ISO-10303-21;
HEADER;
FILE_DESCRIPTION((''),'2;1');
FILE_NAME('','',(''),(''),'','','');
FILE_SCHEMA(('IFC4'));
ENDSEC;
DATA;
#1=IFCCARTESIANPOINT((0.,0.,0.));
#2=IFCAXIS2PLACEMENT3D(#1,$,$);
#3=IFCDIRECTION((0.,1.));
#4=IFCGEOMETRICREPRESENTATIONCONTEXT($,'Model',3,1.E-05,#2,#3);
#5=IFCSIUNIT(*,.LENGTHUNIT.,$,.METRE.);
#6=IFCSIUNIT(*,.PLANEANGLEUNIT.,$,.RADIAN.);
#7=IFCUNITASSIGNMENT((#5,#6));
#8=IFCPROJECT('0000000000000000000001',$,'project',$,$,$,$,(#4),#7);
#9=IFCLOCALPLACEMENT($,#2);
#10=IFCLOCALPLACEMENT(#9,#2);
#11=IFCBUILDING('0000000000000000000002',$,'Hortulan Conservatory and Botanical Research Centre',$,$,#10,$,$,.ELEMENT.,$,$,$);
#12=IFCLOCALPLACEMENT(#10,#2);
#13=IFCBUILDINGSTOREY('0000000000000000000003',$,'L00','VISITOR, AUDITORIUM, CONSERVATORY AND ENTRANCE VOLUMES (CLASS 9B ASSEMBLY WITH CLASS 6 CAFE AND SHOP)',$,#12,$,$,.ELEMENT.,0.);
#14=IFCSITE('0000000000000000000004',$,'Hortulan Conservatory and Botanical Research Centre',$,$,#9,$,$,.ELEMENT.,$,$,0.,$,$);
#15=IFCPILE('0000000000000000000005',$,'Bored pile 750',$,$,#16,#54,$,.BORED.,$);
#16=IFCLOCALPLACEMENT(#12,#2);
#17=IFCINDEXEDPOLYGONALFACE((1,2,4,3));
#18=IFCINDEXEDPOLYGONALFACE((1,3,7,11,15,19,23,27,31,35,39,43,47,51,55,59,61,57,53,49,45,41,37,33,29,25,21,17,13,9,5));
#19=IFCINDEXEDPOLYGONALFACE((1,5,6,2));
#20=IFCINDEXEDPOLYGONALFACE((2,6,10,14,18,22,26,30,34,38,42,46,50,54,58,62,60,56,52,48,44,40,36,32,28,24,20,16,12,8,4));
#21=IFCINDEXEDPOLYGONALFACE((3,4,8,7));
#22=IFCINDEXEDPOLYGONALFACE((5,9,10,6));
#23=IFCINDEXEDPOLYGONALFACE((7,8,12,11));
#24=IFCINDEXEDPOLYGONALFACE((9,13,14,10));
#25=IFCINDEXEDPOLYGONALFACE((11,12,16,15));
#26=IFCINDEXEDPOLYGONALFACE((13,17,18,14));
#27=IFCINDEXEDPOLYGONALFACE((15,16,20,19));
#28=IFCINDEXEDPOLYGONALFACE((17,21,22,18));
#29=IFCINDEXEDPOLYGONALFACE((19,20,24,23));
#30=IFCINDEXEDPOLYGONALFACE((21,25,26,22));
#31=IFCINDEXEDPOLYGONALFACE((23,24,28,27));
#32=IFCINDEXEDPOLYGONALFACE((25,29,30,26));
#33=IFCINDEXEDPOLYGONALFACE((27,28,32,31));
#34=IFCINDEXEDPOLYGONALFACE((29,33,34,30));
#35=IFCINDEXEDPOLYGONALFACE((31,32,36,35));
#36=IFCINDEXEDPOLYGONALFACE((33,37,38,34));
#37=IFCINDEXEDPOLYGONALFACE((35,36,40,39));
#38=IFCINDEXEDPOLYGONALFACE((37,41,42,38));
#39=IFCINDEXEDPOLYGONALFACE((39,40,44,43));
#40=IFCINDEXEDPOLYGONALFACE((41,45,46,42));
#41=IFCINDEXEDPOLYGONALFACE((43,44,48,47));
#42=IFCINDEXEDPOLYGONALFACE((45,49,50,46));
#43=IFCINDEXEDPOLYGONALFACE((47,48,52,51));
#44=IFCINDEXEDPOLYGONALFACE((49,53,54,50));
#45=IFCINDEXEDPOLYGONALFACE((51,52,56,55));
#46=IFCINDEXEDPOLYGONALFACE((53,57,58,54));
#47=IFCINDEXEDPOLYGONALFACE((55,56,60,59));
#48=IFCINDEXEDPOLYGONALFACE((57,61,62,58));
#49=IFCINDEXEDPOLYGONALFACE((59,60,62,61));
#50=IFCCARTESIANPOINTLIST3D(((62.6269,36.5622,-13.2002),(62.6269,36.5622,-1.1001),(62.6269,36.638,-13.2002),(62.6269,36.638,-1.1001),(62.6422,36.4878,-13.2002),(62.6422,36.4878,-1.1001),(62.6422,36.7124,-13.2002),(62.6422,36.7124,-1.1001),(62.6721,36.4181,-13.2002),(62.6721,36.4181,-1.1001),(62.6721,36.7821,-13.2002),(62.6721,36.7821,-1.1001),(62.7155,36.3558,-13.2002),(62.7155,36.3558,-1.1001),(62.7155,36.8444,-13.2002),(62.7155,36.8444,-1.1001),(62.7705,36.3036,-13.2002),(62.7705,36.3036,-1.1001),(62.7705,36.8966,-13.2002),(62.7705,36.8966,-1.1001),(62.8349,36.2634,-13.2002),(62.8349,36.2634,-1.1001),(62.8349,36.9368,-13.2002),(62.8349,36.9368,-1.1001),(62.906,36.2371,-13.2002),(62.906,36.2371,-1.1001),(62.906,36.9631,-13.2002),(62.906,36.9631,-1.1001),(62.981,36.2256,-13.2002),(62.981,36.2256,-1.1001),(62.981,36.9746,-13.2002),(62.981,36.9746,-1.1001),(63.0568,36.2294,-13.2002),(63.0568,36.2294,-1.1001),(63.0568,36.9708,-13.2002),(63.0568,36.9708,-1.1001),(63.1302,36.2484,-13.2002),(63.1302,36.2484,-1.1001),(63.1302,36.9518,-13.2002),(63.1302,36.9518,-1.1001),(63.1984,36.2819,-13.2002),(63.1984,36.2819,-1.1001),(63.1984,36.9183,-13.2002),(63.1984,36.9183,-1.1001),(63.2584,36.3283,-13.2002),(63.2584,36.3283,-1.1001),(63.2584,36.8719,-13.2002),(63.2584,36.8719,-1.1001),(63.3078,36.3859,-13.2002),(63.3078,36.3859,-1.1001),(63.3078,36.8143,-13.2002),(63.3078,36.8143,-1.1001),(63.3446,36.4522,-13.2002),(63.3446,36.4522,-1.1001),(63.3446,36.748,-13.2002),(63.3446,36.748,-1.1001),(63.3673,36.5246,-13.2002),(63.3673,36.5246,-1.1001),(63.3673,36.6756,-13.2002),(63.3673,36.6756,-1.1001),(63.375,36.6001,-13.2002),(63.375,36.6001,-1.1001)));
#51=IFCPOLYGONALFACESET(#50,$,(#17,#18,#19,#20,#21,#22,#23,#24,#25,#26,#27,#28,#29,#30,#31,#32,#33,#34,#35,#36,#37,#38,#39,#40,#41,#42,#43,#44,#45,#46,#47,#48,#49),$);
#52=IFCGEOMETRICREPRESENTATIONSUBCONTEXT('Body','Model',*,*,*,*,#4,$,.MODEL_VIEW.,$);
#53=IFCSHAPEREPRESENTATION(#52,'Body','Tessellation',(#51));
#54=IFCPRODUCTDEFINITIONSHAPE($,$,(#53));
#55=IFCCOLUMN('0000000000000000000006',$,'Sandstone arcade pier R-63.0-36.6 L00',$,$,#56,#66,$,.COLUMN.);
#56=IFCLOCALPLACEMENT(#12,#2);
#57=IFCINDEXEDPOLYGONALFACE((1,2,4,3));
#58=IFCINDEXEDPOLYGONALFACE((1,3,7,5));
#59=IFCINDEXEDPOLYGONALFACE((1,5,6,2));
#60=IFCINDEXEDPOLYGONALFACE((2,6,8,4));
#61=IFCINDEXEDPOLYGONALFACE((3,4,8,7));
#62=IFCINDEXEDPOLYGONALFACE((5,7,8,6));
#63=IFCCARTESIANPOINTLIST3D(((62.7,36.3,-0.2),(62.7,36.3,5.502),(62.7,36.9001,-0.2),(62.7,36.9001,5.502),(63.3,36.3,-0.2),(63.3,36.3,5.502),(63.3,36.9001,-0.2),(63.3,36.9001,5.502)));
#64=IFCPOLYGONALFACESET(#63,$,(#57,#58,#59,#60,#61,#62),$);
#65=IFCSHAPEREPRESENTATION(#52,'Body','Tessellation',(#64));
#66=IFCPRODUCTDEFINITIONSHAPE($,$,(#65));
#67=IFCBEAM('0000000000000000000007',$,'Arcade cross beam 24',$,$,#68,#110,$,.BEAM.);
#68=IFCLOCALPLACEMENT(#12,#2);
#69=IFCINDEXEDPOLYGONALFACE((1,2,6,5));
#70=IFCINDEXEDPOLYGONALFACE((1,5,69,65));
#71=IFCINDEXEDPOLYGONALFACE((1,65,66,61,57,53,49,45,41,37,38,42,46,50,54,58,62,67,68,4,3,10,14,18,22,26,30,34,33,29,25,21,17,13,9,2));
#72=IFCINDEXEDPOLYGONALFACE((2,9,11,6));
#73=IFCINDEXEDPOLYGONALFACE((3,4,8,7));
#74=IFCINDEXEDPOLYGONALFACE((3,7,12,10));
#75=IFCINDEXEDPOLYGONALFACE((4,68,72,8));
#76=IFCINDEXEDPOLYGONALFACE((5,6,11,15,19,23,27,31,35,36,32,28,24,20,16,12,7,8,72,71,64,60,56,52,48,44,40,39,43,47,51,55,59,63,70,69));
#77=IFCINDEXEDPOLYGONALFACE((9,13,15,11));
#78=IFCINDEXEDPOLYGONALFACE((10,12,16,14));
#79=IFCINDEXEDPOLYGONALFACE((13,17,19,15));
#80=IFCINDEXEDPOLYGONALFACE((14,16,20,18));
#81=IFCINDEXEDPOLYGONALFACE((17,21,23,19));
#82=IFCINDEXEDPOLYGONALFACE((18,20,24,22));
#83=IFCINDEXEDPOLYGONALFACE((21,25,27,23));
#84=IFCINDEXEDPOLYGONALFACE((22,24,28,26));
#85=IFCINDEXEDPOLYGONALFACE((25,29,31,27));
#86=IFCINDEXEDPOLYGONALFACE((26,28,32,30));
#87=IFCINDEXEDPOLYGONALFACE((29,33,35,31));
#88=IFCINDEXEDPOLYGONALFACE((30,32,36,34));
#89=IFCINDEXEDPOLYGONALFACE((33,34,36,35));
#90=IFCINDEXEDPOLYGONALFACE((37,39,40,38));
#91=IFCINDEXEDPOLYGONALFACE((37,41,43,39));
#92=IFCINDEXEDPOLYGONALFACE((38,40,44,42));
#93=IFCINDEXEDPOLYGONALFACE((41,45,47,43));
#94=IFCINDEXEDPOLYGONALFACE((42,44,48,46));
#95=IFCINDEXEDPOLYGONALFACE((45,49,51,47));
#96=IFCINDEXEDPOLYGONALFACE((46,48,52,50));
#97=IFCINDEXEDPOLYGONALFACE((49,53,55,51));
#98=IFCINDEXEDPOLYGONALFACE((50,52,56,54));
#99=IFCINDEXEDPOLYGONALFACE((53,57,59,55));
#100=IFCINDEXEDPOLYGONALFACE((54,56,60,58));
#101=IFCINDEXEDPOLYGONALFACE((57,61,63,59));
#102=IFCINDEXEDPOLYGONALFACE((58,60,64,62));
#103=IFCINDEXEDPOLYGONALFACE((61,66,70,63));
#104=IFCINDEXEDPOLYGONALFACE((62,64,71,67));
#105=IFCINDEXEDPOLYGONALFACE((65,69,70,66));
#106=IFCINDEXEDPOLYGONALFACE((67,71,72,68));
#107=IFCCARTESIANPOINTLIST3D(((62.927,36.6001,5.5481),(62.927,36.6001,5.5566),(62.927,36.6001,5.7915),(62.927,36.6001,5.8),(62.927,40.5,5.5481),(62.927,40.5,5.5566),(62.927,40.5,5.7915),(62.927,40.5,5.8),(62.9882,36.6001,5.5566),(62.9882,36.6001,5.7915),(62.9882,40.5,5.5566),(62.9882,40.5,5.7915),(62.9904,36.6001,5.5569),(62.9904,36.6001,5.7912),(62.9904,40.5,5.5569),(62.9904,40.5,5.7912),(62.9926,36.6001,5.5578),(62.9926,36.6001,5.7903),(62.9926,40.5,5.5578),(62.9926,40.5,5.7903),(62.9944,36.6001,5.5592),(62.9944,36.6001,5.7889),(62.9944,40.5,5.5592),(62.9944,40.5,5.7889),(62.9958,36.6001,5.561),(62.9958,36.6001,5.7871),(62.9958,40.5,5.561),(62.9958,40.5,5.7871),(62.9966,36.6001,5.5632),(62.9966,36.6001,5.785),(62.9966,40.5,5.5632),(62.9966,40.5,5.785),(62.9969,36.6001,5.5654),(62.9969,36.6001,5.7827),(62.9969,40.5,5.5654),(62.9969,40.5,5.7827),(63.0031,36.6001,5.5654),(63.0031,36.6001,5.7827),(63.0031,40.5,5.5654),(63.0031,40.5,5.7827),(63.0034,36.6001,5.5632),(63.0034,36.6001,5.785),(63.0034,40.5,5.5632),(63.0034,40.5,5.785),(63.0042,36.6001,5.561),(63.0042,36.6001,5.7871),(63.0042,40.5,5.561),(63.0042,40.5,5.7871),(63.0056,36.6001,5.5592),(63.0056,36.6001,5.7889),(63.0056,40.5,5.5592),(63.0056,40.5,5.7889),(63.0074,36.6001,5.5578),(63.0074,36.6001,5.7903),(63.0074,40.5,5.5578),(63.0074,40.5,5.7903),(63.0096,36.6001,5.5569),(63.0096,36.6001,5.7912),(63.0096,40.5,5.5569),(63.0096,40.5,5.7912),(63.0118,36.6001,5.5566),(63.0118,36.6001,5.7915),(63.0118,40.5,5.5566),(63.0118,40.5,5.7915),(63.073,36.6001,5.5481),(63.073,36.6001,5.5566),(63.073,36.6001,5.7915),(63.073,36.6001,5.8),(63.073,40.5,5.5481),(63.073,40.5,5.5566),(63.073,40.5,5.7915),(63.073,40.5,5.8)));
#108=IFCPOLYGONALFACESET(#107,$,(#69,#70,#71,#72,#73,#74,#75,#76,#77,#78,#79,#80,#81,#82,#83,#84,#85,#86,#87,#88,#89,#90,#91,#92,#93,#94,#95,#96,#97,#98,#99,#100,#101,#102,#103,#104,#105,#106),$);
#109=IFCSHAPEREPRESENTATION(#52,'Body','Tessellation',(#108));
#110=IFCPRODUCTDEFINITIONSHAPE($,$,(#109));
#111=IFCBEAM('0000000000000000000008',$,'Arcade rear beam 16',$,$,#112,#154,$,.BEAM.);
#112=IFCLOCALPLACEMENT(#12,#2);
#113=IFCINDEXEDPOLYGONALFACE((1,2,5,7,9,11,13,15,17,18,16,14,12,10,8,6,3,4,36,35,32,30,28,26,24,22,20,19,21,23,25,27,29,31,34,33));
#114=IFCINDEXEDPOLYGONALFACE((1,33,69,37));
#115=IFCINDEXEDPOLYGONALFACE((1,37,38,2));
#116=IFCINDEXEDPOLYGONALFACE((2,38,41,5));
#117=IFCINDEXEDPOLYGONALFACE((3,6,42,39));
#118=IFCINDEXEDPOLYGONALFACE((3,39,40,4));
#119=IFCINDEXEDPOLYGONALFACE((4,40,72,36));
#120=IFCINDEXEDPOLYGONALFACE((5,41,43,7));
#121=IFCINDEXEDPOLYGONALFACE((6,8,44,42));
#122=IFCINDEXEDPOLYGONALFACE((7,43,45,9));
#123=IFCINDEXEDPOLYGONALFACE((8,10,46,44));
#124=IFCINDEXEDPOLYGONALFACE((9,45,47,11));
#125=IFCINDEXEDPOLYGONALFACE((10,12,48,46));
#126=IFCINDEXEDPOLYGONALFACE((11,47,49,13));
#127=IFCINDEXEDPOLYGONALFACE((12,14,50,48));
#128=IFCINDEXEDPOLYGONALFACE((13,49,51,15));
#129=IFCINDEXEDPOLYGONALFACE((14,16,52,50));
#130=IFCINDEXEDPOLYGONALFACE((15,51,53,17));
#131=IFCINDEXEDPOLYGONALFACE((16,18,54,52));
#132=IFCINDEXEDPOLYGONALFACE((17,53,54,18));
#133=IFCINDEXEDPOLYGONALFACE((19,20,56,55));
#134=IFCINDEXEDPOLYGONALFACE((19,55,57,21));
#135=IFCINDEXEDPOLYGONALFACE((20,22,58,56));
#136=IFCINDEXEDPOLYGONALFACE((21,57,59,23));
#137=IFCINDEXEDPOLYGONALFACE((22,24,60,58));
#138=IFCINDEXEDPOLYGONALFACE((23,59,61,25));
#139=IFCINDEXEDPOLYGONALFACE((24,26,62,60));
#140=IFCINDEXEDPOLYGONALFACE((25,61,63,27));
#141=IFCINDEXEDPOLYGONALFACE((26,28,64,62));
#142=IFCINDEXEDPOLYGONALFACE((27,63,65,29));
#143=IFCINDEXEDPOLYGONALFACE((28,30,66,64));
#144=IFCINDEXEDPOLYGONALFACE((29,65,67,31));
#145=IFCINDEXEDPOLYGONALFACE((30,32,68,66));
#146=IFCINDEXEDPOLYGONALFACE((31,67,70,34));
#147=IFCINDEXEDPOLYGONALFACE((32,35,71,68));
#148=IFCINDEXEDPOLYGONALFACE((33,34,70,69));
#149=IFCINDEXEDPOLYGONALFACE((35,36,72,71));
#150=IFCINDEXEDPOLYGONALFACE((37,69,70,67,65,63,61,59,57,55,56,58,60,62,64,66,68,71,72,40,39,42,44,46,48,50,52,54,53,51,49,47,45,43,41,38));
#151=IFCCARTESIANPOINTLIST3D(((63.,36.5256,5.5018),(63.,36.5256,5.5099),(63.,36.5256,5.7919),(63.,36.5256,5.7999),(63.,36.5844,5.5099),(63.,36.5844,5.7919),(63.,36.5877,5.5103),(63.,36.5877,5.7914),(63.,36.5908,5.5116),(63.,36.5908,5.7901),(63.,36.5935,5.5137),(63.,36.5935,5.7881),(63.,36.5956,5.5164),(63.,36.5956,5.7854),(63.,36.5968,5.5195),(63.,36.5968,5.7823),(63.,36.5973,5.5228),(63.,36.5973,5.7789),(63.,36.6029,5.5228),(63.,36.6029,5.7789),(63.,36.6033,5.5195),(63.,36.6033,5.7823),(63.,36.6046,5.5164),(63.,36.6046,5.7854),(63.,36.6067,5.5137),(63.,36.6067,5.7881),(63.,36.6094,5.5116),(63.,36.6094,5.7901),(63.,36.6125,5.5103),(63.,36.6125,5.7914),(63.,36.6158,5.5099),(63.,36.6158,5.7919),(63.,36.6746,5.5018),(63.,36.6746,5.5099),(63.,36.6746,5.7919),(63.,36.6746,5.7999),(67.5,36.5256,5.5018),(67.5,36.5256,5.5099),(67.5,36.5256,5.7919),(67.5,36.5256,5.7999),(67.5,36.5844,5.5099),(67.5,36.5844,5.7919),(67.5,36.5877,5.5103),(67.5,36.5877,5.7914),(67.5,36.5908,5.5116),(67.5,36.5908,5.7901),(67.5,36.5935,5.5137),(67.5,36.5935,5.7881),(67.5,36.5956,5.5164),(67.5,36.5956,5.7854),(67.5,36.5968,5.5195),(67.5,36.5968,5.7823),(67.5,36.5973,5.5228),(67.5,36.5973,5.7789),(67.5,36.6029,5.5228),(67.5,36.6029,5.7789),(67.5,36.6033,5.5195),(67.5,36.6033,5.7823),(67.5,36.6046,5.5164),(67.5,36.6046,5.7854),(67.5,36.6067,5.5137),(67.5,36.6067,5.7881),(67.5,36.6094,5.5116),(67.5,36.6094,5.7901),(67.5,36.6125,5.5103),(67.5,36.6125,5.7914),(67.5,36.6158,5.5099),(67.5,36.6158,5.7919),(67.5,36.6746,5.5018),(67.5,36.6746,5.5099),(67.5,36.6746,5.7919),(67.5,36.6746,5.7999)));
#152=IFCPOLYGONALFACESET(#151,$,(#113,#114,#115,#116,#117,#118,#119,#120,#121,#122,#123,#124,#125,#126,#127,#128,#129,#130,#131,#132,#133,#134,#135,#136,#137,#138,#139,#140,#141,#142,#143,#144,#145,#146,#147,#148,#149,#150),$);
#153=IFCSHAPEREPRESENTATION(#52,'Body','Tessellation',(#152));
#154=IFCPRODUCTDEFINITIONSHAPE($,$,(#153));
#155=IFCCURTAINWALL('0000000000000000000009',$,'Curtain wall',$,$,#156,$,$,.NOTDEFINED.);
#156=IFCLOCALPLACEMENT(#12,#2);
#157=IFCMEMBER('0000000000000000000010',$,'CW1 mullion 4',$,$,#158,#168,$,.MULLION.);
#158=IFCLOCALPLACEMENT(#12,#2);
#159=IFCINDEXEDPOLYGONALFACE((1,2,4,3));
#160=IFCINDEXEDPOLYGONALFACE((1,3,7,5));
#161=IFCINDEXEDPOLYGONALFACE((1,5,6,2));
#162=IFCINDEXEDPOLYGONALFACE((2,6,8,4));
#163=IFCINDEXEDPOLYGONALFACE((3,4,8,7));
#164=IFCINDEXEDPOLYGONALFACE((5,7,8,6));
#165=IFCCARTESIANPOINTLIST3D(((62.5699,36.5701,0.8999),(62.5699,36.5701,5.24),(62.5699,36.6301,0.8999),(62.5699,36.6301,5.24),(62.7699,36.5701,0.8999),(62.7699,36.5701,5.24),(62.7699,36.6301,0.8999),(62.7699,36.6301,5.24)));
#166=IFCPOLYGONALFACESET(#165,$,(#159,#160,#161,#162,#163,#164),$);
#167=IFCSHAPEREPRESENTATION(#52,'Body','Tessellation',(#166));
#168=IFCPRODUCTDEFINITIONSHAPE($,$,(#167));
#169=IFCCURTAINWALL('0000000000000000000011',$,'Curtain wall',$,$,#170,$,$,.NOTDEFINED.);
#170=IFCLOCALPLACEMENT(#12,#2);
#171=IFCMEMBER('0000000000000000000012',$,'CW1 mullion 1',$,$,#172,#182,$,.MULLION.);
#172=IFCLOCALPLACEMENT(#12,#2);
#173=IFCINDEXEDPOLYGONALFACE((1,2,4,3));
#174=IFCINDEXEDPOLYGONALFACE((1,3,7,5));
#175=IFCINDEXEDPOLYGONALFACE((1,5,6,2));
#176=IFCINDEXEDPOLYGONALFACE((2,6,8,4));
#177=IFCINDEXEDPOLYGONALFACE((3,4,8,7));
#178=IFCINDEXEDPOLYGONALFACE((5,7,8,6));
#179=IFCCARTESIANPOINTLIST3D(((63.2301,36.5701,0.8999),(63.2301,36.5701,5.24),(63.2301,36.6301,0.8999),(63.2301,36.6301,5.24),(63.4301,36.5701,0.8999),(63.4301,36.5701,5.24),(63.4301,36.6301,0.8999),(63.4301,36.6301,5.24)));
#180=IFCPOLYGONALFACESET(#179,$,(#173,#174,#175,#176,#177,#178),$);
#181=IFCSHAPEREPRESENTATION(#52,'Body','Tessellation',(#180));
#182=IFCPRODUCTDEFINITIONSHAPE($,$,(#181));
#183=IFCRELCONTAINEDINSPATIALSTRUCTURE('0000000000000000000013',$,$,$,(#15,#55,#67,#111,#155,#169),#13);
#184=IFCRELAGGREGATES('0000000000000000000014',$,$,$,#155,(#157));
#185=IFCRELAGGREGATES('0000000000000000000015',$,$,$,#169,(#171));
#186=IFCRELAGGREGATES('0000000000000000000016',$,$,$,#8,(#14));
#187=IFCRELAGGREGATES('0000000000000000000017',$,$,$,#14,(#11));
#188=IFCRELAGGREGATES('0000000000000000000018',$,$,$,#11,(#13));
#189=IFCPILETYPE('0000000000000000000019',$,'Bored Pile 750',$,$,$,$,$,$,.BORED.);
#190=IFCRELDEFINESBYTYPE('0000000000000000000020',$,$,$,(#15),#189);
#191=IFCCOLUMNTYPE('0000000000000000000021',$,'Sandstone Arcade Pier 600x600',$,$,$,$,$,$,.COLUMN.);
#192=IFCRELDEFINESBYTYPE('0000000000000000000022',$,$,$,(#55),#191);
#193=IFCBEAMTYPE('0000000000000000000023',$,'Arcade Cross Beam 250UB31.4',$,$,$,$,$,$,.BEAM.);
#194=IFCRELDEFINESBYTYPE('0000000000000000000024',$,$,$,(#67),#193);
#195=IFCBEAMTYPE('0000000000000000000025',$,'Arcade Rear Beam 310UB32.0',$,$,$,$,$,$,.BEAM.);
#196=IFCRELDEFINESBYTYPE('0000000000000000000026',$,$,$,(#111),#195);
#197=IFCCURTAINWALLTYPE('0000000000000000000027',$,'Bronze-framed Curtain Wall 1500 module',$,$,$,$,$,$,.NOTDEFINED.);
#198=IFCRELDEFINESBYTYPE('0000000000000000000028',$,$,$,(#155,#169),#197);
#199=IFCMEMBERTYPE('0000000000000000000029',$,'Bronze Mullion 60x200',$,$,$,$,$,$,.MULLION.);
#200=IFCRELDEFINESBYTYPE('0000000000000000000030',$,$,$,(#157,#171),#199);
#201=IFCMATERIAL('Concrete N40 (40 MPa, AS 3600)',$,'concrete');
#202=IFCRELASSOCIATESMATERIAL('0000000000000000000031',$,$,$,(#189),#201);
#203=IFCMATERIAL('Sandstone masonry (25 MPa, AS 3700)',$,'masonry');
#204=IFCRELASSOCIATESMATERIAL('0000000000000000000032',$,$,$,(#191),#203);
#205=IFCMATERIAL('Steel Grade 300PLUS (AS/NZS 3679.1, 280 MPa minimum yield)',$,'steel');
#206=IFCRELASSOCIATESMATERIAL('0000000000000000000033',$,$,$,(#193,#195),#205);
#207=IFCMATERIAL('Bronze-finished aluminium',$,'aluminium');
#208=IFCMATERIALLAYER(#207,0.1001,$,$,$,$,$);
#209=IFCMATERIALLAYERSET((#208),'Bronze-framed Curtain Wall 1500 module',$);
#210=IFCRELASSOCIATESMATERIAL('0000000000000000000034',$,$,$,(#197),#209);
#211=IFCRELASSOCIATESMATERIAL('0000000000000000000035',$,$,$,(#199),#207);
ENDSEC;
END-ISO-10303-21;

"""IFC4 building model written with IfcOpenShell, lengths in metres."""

from ifc_helpers import new_model, si_unit, direction, frame, origin, origin_2d, place, context, subcontext, project, spatial, rectangle, circle, i_section, extrude, material, layer, layer_set, material_profile, profile_set, type_object, element, aggregate, save


model = new_model("IFC4")

# Units and contexts
model_context = context("Model", 3, precision=1e-05, world=origin(), true_north=direction((0.0, 1.0)))
body_context = subcontext(model_context, "Body", "Model", "MODEL_VIEW")
ifc_project = project(units=[si_unit("LENGTHUNIT", "METRE"), si_unit("PLANEANGLEUNIT", "RADIAN")], contexts=[model_context])

# Site, building, storey
site_placement = place(None, origin())
site = spatial("IfcSite", under=ifc_project, at=site_placement, Name="Hortulan Conservatory and Botanical Research Centre", CompositionType="ELEMENT", RefElevation=0.0)
building_placement = place(site_placement, origin())
building = spatial("IfcBuilding", under=site, at=building_placement, Name="Hortulan Conservatory and Botanical Research Centre", CompositionType="ELEMENT")
storey_placement = place(building_placement, origin())
storey = spatial("IfcBuildingStorey", under=building, at=storey_placement, Name="L00", Description="VISITOR, AUDITORIUM, CONSERVATORY AND ENTRANCE VOLUMES (CLASS 9B ASSEMBLY WITH CLASS 6 CAFE AND SHOP)", CompositionType="ELEMENT", Elevation=0.0)

# Pile
ifc_material_1 = material(Name="Concrete N40 (40 MPa, AS 3600)", Category="concrete")
ifc_material_profile_1 = material_profile(ifc_material_1, circle(Radius=0.375, at=origin_2d()), Name="Bored pile 750 diameter")
ifc_profile_set_1 = profile_set([ifc_material_profile_1], Name="Concrete N40 (40 MPa, AS 3600)")
pile_type = type_object("IfcPileType", Name="Bored Pile 750", PredefinedType="BORED", material=ifc_profile_set_1)
pile_placement = place(storey_placement, frame((63.0, 36.6001, -1.1001), z_axis=(0.0, 0.0, -1.0), x_axis=(1.0, 0.0, 0.0)))
element("IfcPile", 1, at=pile_placement, inside=storey, type_object=pile_type, Name="Bored pile 750", PredefinedType="BORED", context=body_context, shape_type="SweptSolid", body=[
    extrude(circle(Radius=0.375, at=origin_2d()), origin(), (0.0, 0.0, 1.0), 12.1001),
])

# Column
ifc_material_2 = material(Name="Sandstone masonry (25 MPa, AS 3700)", Category="masonry")
ifc_material_profile_2 = material_profile(ifc_material_2, rectangle(XDim=0.6001, YDim=0.6001, at=origin_2d()), Name="Square pier 600")
ifc_profile_set_2 = profile_set([ifc_material_profile_2], Name="Sandstone masonry (25 MPa, AS 3700)")
column_type = type_object("IfcColumnType", Name="Sandstone Arcade Pier 600x600", PredefinedType="COLUMN", material=ifc_profile_set_2)
column_placement = place(storey_placement, frame((63.0, 36.6001, -0.2), z_axis=(0.0, 0.0, 1.0), x_axis=(1.0, 0.0, 0.0)))
element("IfcColumn", 2, at=column_placement, inside=storey, type_object=column_type, Name="Sandstone arcade pier R-63.0-36.6 L00", PredefinedType="COLUMN", context=body_context, shape_type="SweptSolid", body=[
    extrude(rectangle(XDim=0.6001, YDim=0.6001, at=origin_2d()), origin(), (0.0, 0.0, 1.0), 5.7019),
])

# Beams
ifc_material_3 = material(Name="Steel Grade 300PLUS (AS/NZS 3679.1, 280 MPa minimum yield)", Category="steel")
ifc_material_profile_3 = material_profile(ifc_material_3, i_section(OverallWidth=0.146, OverallDepth=0.252, WebThickness=0.0061, FlangeThickness=0.0085, FilletRadius=0.0088, at=origin_2d()), Name="250UB31.4")
ifc_profile_set_3 = profile_set([ifc_material_profile_3], Name="Steel Grade 300PLUS (AS/NZS 3679.1, 280 MPa minimum yield)")
beam_type_1 = type_object("IfcBeamType", Name="Arcade Cross Beam 250UB31.4", PredefinedType="BEAM", material=ifc_profile_set_3)
beam_1_placement = place(storey_placement, frame((63.0, 36.6001, 5.6741), z_axis=(0.0, 1.0, 0.0), x_axis=(-1.0, 0.0, 0.0)))
element("IfcBeam", 3, at=beam_1_placement, inside=storey, type_object=beam_type_1, Name="Arcade cross beam 24", PredefinedType="BEAM", context=body_context, shape_type="SweptSolid", body=[
    extrude(i_section(OverallWidth=0.146, OverallDepth=0.252, WebThickness=0.0061, FlangeThickness=0.0085, FilletRadius=0.0088, at=origin_2d()), origin(), (0.0, 0.0, 1.0), 3.8999),
])
ifc_material_profile_4 = material_profile(ifc_material_3, i_section(OverallWidth=0.1489, OverallDepth=0.2981, WebThickness=0.0056, FlangeThickness=0.0081, FilletRadius=0.0129, at=origin_2d()), Name="310UB32.0")
ifc_profile_set_4 = profile_set([ifc_material_profile_4], Name="Steel Grade 300PLUS (AS/NZS 3679.1, 280 MPa minimum yield)")
beam_type_2 = type_object("IfcBeamType", Name="Arcade Rear Beam 310UB32.0", PredefinedType="BEAM", material=ifc_profile_set_4)
beam_2_placement = place(storey_placement, frame((63.0, 36.6001, 5.6509), z_axis=(1.0, 0.0, 0.0), x_axis=(0.0, 1.0, 0.0)))
element("IfcBeam", 4, at=beam_2_placement, inside=storey, type_object=beam_type_2, Name="Arcade rear beam 16", PredefinedType="BEAM", context=body_context, shape_type="SweptSolid", body=[
    extrude(i_section(OverallWidth=0.1489, OverallDepth=0.2981, WebThickness=0.0056, FlangeThickness=0.0081, FilletRadius=0.0129, at=origin_2d()), origin(), (0.0, 0.0, 1.0), 4.5),
])

# Curtain wall, member
ifc_material_4 = material(Name="Bronze-finished aluminium", Category="aluminium")
ifc_layer_1 = layer(ifc_material_4, 0.1001)
ifc_layer_set_1 = layer_set([ifc_layer_1], Name="Bronze-framed Curtain Wall 1500 module")
curtain_wall_type = type_object("IfcCurtainWallType", Name="Bronze-framed Curtain Wall 1500 module", PredefinedType="NOTDEFINED", material=ifc_layer_set_1)
curtain_wall_1_placement = place(storey_placement, origin())
curtain_wall_1 = element("IfcCurtainWall", 5, at=curtain_wall_1_placement, inside=storey, type_object=curtain_wall_type, Name="Curtain wall", PredefinedType="NOTDEFINED")
ifc_material_profile_5 = material_profile(ifc_material_4, rectangle(XDim=0.0601, YDim=0.2, at=origin_2d()), Name="Bronze Mullion 60x200")
ifc_profile_set_5 = profile_set([ifc_material_profile_5], Name="Bronze-finished aluminium")
member_type_1 = type_object("IfcMemberType", Name="Bronze Mullion 60x200", PredefinedType="MULLION", material=ifc_profile_set_5)
member_1_placement = place(storey_placement, frame((62.6699, 36.6001, 0.8999), z_axis=(0.0, 0.0, 1.0), x_axis=(0.0, 1.0, 0.0)))
member_1 = element("IfcMember", 6, at=member_1_placement, type_object=member_type_1, Name="CW1 mullion 4", PredefinedType="MULLION", context=body_context, shape_type="SweptSolid", body=[
    extrude(rectangle(XDim=0.0601, YDim=0.2, at=origin_2d()), origin(), (0.0, 0.0, 1.0), 4.3401),
])

# Curtain wall, member
curtain_wall_2_placement = place(storey_placement, origin())
curtain_wall_2 = element("IfcCurtainWall", 7, at=curtain_wall_2_placement, inside=storey, type_object=curtain_wall_type, Name="Curtain wall", PredefinedType="NOTDEFINED")
member_2_placement = place(storey_placement, frame((63.3301, 36.6001, 0.8999), z_axis=(0.0, 0.0, 1.0), x_axis=(0.0, 1.0, 0.0)))
member_2 = element("IfcMember", 8, at=member_2_placement, type_object=member_type_1, Name="CW1 mullion 1", PredefinedType="MULLION", context=body_context, shape_type="SweptSolid", body=[
    extrude(rectangle(XDim=0.0601, YDim=0.2, at=origin_2d()), origin(), (0.0, 0.0, 1.0), 4.3401),
])

aggregate(curtain_wall_1, [member_1])
aggregate(curtain_wall_2, [member_2])

save(model, "model.ifc")
